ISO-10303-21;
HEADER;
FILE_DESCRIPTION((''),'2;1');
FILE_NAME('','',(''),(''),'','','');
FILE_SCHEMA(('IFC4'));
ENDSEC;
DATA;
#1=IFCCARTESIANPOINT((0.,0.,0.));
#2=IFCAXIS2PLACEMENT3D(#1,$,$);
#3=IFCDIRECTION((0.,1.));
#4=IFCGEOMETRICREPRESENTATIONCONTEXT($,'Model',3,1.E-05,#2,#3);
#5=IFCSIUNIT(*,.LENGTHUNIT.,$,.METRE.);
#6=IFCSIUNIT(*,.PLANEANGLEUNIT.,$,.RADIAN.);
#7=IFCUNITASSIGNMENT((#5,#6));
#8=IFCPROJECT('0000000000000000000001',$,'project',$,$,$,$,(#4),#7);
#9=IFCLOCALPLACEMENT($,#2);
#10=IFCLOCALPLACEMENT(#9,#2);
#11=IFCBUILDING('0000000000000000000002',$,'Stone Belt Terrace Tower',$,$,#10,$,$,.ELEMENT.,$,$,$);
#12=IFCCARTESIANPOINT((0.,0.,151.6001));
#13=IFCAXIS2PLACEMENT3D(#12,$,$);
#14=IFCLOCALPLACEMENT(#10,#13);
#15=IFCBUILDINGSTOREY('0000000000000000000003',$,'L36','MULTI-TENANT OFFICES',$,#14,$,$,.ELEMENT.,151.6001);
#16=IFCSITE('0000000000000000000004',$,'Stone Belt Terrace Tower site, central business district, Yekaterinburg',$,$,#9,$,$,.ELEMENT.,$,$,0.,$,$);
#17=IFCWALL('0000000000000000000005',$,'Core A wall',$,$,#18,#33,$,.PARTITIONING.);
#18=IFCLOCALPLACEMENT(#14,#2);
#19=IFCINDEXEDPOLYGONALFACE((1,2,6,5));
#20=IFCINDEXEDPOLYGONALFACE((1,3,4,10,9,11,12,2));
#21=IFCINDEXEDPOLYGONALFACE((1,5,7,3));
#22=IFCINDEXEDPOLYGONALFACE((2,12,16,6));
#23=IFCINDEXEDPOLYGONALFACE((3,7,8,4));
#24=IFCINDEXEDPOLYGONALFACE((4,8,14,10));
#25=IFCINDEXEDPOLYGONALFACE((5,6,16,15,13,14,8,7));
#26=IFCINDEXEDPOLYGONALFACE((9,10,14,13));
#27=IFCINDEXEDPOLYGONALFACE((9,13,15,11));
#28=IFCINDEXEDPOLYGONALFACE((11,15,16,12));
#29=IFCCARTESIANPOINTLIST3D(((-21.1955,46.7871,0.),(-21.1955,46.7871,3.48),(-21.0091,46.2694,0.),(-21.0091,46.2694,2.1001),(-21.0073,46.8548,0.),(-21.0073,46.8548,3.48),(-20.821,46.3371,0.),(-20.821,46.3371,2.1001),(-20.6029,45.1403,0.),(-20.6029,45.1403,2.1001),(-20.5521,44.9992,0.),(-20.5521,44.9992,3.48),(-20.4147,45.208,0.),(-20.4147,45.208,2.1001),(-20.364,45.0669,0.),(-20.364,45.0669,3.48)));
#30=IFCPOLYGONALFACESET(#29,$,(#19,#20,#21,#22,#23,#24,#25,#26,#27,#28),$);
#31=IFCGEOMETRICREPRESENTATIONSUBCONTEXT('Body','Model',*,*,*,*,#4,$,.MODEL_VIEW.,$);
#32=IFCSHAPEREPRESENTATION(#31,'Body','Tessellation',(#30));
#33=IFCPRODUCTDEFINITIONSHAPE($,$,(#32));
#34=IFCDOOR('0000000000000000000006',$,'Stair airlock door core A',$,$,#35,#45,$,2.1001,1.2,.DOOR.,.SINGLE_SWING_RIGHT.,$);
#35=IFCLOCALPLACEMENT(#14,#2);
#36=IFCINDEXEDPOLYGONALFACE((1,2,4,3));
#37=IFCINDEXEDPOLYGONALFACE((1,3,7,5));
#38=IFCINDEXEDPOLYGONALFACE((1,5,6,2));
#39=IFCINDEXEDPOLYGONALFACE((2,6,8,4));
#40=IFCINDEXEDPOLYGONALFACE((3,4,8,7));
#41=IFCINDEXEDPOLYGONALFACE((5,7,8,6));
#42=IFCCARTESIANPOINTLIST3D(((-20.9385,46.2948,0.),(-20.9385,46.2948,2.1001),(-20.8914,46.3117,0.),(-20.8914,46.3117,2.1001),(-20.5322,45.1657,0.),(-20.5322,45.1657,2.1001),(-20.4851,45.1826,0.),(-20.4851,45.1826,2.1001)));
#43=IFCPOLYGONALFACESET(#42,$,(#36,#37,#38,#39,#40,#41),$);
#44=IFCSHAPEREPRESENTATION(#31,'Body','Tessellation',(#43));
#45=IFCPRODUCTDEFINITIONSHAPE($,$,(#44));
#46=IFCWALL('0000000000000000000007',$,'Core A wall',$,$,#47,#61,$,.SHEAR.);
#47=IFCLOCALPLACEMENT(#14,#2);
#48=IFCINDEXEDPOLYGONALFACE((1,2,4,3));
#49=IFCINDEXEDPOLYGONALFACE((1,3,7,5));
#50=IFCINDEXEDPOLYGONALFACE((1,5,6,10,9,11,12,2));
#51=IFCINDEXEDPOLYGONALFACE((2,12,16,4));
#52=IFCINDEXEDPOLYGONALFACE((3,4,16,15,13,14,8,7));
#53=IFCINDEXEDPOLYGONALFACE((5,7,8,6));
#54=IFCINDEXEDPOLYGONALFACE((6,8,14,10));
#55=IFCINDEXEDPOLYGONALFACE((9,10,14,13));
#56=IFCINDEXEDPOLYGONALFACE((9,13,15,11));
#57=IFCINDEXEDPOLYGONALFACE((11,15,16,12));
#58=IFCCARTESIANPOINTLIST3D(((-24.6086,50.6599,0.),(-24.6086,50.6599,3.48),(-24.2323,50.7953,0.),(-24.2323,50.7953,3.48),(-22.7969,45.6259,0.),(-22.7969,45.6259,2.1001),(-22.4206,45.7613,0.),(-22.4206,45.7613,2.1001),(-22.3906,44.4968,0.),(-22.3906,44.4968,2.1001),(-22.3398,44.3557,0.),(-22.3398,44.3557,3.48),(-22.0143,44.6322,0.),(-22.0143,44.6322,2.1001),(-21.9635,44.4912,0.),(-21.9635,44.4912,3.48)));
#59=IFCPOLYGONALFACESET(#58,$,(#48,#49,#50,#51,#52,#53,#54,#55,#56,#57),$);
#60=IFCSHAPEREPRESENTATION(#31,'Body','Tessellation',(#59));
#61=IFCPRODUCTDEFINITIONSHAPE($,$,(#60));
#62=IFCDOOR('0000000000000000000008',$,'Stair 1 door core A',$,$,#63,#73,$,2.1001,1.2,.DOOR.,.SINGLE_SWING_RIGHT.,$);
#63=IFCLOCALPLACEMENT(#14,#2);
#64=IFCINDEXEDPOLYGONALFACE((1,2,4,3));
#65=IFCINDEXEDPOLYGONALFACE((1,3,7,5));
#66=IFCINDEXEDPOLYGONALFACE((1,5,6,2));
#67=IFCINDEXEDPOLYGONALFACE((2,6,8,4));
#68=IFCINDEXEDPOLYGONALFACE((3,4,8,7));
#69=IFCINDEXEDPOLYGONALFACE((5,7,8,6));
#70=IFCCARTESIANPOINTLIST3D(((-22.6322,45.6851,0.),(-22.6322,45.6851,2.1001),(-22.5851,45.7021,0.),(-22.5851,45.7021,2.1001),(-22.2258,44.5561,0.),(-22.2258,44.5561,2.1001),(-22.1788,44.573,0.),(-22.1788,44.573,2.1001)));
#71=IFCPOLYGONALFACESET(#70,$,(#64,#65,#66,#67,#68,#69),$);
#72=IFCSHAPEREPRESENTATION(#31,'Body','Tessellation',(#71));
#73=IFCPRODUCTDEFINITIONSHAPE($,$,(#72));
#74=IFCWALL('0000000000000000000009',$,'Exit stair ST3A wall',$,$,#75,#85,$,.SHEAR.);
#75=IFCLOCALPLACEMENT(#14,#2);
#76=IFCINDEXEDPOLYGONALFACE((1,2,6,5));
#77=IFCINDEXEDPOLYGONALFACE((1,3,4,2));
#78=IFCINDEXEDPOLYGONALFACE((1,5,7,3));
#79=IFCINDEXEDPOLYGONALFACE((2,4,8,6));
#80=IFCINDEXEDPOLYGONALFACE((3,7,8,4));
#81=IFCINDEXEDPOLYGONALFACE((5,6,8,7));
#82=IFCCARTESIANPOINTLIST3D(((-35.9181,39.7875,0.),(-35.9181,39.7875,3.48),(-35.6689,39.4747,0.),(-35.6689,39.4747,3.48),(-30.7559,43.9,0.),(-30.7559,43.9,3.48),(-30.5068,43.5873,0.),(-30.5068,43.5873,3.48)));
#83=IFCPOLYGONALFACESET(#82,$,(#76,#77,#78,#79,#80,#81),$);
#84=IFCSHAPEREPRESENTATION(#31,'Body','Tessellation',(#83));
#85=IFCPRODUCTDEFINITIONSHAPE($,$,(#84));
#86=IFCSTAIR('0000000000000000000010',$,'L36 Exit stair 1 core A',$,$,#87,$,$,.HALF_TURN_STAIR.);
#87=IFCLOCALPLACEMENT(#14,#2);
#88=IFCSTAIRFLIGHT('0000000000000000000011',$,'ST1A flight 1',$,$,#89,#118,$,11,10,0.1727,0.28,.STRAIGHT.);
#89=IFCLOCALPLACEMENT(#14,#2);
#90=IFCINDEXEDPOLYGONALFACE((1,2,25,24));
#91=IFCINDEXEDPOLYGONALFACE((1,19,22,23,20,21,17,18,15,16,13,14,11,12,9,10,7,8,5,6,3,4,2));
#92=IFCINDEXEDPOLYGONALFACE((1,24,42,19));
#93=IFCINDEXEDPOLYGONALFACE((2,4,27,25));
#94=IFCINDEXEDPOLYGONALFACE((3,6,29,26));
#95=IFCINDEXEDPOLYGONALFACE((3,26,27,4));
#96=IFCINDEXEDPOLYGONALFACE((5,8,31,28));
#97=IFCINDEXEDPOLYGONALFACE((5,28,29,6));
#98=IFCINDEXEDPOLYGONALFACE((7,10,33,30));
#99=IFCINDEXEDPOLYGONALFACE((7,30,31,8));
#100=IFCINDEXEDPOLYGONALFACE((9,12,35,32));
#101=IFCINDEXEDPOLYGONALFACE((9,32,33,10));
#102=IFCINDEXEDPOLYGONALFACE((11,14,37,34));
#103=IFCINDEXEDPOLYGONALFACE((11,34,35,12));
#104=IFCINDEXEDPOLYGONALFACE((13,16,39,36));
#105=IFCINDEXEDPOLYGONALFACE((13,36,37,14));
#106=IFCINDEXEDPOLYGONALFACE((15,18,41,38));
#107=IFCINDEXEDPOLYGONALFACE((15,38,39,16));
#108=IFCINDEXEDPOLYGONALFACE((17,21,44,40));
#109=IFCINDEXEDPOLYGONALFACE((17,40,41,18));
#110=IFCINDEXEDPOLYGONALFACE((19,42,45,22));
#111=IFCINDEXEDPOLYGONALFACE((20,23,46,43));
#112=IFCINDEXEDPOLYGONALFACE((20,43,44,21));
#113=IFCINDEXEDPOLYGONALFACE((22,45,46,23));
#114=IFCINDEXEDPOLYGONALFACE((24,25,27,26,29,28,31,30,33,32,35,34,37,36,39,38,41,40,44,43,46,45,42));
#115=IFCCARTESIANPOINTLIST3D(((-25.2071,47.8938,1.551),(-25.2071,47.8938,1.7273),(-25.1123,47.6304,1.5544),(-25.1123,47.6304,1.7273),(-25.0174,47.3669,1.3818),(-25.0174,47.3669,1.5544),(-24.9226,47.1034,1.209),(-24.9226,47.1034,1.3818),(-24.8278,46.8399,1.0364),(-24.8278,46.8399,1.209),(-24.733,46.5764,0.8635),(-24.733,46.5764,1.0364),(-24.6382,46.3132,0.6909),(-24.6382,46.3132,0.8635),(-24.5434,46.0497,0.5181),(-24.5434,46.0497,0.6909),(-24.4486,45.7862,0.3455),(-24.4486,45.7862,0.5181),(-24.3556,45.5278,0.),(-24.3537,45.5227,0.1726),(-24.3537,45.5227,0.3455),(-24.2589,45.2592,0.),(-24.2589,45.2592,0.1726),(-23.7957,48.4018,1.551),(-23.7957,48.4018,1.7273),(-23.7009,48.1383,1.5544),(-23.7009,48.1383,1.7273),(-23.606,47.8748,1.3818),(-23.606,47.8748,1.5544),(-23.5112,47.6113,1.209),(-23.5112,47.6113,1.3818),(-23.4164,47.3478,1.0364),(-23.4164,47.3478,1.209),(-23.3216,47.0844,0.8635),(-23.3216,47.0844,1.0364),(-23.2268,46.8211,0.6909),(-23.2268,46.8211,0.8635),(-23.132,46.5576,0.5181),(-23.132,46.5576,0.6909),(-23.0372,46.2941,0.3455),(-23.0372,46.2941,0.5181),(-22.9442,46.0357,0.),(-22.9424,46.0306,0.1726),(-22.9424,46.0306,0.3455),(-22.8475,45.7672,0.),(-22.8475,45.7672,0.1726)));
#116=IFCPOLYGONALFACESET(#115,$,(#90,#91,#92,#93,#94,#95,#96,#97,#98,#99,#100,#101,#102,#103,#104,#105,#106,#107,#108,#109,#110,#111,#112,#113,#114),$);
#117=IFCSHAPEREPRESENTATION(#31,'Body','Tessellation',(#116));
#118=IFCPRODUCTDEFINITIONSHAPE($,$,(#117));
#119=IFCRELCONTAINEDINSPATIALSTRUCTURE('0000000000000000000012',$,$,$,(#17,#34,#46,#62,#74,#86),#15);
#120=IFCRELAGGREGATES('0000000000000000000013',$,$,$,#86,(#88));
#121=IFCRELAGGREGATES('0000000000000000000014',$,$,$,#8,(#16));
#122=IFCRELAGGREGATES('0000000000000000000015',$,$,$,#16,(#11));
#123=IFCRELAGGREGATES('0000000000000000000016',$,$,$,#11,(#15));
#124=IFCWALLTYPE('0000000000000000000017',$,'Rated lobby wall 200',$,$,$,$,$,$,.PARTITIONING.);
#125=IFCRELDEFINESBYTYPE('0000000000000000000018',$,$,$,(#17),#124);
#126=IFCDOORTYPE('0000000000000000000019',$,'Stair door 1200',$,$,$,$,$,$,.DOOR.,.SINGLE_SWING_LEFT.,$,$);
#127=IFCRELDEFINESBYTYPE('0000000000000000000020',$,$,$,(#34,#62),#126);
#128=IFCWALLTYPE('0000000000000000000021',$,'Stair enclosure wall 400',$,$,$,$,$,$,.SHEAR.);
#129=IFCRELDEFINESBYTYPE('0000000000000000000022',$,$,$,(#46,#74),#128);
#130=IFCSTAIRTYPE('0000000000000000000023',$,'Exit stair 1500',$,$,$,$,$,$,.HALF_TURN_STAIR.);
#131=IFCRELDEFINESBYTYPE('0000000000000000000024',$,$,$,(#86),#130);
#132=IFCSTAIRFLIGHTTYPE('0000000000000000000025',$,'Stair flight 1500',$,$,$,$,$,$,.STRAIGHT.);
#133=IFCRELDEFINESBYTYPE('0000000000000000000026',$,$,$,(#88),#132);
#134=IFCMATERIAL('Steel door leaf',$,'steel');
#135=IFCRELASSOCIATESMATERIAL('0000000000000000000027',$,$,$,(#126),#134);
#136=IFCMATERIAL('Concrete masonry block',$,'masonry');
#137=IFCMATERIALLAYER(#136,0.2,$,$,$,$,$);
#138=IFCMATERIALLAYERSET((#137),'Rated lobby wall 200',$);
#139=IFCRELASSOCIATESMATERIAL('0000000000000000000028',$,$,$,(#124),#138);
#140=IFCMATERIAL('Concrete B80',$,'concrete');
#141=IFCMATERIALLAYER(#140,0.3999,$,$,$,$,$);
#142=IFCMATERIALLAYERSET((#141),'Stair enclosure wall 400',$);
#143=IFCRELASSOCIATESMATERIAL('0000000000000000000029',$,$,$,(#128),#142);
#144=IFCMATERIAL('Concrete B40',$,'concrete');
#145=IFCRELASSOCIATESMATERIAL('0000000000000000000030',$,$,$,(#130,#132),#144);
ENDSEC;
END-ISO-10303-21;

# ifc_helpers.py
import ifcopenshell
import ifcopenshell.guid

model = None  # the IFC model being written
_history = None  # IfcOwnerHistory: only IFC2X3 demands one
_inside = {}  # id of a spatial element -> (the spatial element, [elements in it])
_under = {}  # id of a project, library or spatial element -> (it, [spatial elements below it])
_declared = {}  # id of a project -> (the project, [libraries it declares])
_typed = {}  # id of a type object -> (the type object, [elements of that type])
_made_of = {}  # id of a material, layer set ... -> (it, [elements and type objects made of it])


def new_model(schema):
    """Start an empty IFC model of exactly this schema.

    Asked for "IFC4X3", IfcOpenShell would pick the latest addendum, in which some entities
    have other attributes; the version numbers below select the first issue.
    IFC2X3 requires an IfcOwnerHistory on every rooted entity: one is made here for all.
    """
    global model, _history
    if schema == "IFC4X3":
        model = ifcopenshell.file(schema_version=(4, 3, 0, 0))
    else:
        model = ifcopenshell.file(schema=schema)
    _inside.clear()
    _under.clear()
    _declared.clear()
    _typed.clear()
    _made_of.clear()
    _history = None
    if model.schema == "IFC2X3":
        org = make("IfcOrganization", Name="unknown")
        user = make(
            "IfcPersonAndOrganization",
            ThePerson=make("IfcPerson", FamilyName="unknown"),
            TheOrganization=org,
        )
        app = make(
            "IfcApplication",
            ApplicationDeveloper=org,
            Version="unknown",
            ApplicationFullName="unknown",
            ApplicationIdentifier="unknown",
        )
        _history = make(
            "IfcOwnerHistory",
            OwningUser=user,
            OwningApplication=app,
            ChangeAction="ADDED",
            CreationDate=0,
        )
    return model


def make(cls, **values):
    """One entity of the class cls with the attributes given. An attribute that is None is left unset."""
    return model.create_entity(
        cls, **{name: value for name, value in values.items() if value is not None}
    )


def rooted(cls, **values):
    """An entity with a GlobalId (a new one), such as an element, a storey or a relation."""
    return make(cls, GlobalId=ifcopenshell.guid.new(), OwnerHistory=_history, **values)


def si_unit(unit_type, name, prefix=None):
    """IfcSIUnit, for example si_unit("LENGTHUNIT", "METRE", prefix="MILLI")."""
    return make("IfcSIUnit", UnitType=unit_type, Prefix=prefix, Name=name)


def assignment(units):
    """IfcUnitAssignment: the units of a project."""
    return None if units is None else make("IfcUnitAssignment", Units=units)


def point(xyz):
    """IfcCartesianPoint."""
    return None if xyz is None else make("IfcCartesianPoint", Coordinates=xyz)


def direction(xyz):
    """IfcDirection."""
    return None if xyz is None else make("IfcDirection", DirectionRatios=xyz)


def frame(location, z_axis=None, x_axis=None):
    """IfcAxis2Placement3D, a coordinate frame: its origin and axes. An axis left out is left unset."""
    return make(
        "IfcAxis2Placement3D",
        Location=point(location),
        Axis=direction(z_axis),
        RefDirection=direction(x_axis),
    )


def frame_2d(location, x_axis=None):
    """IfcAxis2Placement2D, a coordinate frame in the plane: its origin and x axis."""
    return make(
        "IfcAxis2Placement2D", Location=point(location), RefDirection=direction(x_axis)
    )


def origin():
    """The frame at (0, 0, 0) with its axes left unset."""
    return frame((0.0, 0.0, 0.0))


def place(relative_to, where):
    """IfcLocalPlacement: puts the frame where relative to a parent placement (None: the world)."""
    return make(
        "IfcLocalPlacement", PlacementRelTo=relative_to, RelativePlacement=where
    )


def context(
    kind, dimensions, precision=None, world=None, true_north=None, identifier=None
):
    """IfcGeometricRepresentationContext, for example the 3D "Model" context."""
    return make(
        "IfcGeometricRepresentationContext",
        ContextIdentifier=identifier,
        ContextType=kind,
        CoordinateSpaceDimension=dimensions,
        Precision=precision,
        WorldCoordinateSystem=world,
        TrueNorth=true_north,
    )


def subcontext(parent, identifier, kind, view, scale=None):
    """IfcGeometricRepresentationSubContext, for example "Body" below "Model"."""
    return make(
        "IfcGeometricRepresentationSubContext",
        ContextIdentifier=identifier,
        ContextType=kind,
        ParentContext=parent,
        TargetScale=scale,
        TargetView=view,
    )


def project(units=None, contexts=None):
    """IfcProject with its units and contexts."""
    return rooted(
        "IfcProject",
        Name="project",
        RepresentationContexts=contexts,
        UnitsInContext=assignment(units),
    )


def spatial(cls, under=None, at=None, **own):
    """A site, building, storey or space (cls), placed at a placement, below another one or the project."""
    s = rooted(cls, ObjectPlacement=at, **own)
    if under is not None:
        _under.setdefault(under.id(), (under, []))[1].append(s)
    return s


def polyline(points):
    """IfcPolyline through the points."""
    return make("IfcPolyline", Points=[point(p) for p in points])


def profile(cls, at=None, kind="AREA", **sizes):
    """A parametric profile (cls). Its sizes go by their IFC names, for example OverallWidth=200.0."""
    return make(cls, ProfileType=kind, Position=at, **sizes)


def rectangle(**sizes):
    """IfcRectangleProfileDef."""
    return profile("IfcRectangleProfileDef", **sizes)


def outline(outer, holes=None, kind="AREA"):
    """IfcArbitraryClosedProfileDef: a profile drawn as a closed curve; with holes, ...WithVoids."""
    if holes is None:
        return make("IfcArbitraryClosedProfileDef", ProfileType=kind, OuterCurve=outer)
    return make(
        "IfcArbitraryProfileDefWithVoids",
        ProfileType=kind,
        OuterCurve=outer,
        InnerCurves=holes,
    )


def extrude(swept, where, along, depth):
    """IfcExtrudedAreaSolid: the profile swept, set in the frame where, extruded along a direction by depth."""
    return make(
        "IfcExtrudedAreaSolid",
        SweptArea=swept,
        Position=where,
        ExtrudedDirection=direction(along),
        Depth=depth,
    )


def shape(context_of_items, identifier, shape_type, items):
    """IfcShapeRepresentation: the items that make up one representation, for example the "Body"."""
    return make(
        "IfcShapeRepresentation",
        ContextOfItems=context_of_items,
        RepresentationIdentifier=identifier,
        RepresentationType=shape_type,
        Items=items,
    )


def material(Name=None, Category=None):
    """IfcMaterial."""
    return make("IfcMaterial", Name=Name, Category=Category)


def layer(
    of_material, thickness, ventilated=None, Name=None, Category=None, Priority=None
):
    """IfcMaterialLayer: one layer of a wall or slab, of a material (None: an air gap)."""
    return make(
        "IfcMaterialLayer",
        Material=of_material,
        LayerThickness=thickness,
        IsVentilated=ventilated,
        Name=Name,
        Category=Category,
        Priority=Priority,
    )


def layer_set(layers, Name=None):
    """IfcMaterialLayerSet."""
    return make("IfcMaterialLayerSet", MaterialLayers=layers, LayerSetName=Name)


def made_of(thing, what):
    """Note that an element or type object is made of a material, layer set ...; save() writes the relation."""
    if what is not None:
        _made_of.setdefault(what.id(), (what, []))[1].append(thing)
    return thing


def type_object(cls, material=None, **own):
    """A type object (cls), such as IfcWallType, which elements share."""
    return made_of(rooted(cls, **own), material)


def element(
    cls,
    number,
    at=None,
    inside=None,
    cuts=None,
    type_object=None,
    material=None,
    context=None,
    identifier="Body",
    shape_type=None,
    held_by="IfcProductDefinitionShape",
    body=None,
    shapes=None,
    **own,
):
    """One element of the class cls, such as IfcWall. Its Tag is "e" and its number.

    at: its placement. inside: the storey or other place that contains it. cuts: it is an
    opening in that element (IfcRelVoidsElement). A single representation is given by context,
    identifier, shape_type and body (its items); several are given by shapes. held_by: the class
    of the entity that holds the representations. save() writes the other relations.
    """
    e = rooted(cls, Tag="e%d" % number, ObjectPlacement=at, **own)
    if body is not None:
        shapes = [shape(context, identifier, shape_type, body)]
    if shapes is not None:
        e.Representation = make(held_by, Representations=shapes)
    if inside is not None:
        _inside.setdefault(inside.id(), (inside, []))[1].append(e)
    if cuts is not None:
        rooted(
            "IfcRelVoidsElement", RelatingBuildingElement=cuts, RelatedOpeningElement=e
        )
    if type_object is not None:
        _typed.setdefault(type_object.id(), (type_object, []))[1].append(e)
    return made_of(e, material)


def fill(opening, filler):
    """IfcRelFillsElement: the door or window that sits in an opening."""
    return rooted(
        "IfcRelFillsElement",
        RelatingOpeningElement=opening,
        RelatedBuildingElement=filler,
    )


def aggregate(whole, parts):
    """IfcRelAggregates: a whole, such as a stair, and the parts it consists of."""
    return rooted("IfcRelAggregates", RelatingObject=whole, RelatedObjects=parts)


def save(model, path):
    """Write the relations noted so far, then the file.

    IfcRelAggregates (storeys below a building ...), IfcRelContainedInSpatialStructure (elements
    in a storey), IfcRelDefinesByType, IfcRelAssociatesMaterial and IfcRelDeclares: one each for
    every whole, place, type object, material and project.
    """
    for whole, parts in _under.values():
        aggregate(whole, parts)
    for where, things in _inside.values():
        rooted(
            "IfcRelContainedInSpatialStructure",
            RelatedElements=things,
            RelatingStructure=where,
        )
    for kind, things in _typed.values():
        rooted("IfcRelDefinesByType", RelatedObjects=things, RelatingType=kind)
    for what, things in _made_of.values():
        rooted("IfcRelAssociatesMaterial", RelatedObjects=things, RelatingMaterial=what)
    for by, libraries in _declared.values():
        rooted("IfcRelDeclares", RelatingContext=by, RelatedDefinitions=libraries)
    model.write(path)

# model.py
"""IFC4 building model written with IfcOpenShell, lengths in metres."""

from ifc_helpers import new_model, si_unit, direction, frame, frame_2d, origin, place, context, subcontext, project, spatial, polyline, rectangle, outline, extrude, material, layer, layer_set, type_object, element, fill, aggregate, save


model = new_model("IFC4")

# Units and contexts
model_context = context("Model", 3, precision=1e-05, world=origin(), true_north=direction((0.0, 1.0)))
body_context = subcontext(model_context, "Body", "Model", "MODEL_VIEW")
ifc_project = project(units=[si_unit("LENGTHUNIT", "METRE"), si_unit("PLANEANGLEUNIT", "RADIAN")], contexts=[model_context])

# Site, building, storey
site_placement = place(None, origin())
site = spatial("IfcSite", under=ifc_project, at=site_placement, Name="Stone Belt Terrace Tower site, central business district, Yekaterinburg", CompositionType="ELEMENT", RefElevation=0.0)
building_placement = place(site_placement, origin())
building = spatial("IfcBuilding", under=site, at=building_placement, Name="Stone Belt Terrace Tower", CompositionType="ELEMENT")
storey_placement = place(building_placement, frame((0.0, 0.0, 151.6001)))
storey = spatial("IfcBuildingStorey", under=building, at=storey_placement, Name="L36", Description="MULTI-TENANT OFFICES", CompositionType="ELEMENT", Elevation=151.6001)

# Shared definitions
ifc_material_1 = material(Name="Concrete B80", Category="concrete")

# Shared definitions
ifc_material_2 = material(Name="Steel door leaf", Category="steel")
door_type_1 = type_object("IfcDoorType", Name="Stair door 1200", OperationType="SINGLE_SWING_LEFT", PredefinedType="DOOR", material=ifc_material_2)

# Walls, openings, doors
ifc_material_3 = material(Name="Concrete masonry block", Category="masonry")
ifc_layer_1 = layer(ifc_material_3, 0.2)
ifc_layer_set_1 = layer_set([ifc_layer_1], Name="Rated lobby wall 200")
wall_type_1 = type_object("IfcWallType", Name="Rated lobby wall 200", PredefinedType="PARTITIONING", material=ifc_layer_set_1)
wall_1_placement = place(storey_placement, frame((-20.458, 45.033, 0.0), z_axis=(0.0, 0.0, 1.0), x_axis=(-0.338574, 0.94094, 0.0)))
wall_1 = element("IfcWall", 1, at=wall_1_placement, inside=storey, type_object=wall_type_1, Name="Core A wall", PredefinedType="PARTITIONING", context=body_context, shape_type="SweptSolid", body=[
    extrude(rectangle(XDim=1.9001, YDim=0.2, at=frame_2d((0.9502, 0.0))), origin(), (0.0, 0.0, 1.0), 3.48),
])
opening_1_placement = place(wall_1_placement, frame((0.1499, 0.0, 0.0)))
opening_1 = element("IfcOpeningElement", 2, at=opening_1_placement, cuts=wall_1, PredefinedType="OPENING", context=body_context, shape_type="SweptSolid", body=[
    extrude(rectangle(XDim=1.2, YDim=2.1001, at=frame_2d((0.6001, 1.05))), frame((0.0, 0.1099, 0.0), z_axis=(0.0, -1.0, 0.0), x_axis=(1.0, 0.0, 0.0)), (0.0, 0.0, 1.0), 0.22),
])
door_1_placement = place(opening_1_placement, origin())
door_1 = element("IfcDoor", 3, at=door_1_placement, inside=storey, type_object=door_type_1, Name="Stair airlock door core A", OperationType="SINGLE_SWING_RIGHT", OverallHeight=2.1001, OverallWidth=1.2, PredefinedType="DOOR", context=body_context, shape_type="SweptSolid", body=[
    extrude(rectangle(XDim=1.2, YDim=2.1001, at=frame_2d((0.6001, 1.05))), frame((0.0, 0.0249, 0.0), z_axis=(0.0, -1.0, 0.0), x_axis=(1.0, 0.0, 0.0)), (0.0, 0.0, 1.0), 0.05),
])
fill(opening_1, door_1)
ifc_layer_2 = layer(ifc_material_1, 0.3999)
ifc_layer_set_2 = layer_set([ifc_layer_2], Name="Stair enclosure wall 400")
wall_type_2 = type_object("IfcWallType", Name="Stair enclosure wall 400", PredefinedType="SHEAR", material=ifc_layer_set_2)
wall_2_placement = place(storey_placement, frame((-22.1516, 44.4233, 0.0), z_axis=(0.0, 0.0, 1.0), x_axis=(-0.338625, 0.940921, 0.0)))
wall_2 = element("IfcWall", 4, at=wall_2_placement, inside=storey, type_object=wall_type_2, Name="Core A wall", PredefinedType="SHEAR", context=body_context, shape_type="SweptSolid", body=[
    extrude(rectangle(XDim=6.7, YDim=0.3999, at=frame_2d((3.3501, 0.0))), origin(), (0.0, 0.0, 1.0), 3.48),
])
opening_2_placement = place(wall_2_placement, frame((0.1499, 0.0, 0.0)))
opening_2 = element("IfcOpeningElement", 5, at=opening_2_placement, cuts=wall_2, PredefinedType="OPENING", context=body_context, shape_type="SweptSolid", body=[
    extrude(rectangle(XDim=1.2, YDim=2.1001, at=frame_2d((0.6001, 1.05))), frame((0.0, 0.21, 0.0), z_axis=(0.0, -1.0, 0.0), x_axis=(1.0, 0.0, 0.0)), (0.0, 0.0, 1.0), 0.4199),
])
door_2_placement = place(opening_2_placement, origin())
door_2 = element("IfcDoor", 6, at=door_2_placement, inside=storey, type_object=door_type_1, Name="Stair 1 door core A", OperationType="SINGLE_SWING_RIGHT", OverallHeight=2.1001, OverallWidth=1.2, PredefinedType="DOOR", context=body_context, shape_type="SweptSolid", body=[
    extrude(rectangle(XDim=1.2, YDim=2.1001, at=frame_2d((0.6001, 1.05))), frame((0.0, 0.0249, 0.0), z_axis=(0.0, -1.0, 0.0), x_axis=(1.0, 0.0, 0.0)), (0.0, 0.0, 1.0), 0.05),
])
fill(opening_2, door_2)

# Wall
wall_3_placement = place(storey_placement, frame((-30.6313, 43.7437, 0.0), z_axis=(0.0, 0.0, 1.0), x_axis=(-0.782134, -0.62311, 0.0)))
element("IfcWall", 7, at=wall_3_placement, inside=storey, type_object=wall_type_2, Name="Exit stair ST3A wall", PredefinedType="SHEAR", context=body_context, shape_type="SweptSolid", body=[
    extrude(rectangle(XDim=6.6001, YDim=0.3999, at=frame_2d((3.3, 0.0))), origin(), (0.0, 0.0, 1.0), 3.48),
])

# Stair, stair flight
ifc_material_4 = material(Name="Concrete B40", Category="concrete")
stair_type = type_object("IfcStairType", Name="Exit stair 1500", PredefinedType="HALF_TURN_STAIR", material=ifc_material_4)
stair_placement = place(storey_placement, origin())
stair = element("IfcStair", 8, at=stair_placement, inside=storey, type_object=stair_type, Name="L36 Exit stair 1 core A", PredefinedType="HALF_TURN_STAIR")
stair_flight_type = type_object("IfcStairFlightType", Name="Stair flight 1500", PredefinedType="STRAIGHT", material=ifc_material_4)
stair_flight_placement = place(storey_placement, frame((-23.5532, 45.5132, 0.0), z_axis=(0.0, 0.0, 1.0), x_axis=(-0.338624, 0.940922, 0.0)))
stair_flight = element("IfcStairFlight", 9, at=stair_flight_placement, type_object=stair_flight_type, Name="ST1A flight 1", NumberOfRisers=11, NumberOfTreads=10, PredefinedType="STRAIGHT", RiserHeight=0.1727, TreadLength=0.28, context=body_context, shape_type="SweptSolid", body=[
    extrude(outline(polyline([(0.0, 0.0), (0.0, 0.1726), (0.28, 0.1726), (0.28, 0.3455), (0.5601, 0.3455), (0.5601, 0.5181), (0.8401, 0.5181), (0.8401, 0.6909), (1.1201, 0.6909), (1.1201, 0.8635), (1.3999, 0.8635), (1.3999, 1.0364), (1.6799, 1.0364), (1.6799, 1.209), (1.96, 1.209), (1.96, 1.3818), (2.24, 1.3818), (2.24, 1.5544), (2.52, 1.5544), (2.52, 1.7273), (2.8, 1.7273), (2.8, 1.8999), (2.8, 1.551), (0.2854, 0.0), (0.0, 0.0)])), frame((0.0, 0.75, 0.0), z_axis=(0.0, -1.0, 0.0), x_axis=(1.0, 0.0, 0.0)), (0.0, 0.0, 1.0), 1.5),
])
aggregate(stair, [stair_flight])

save(model, "model.ifc")
